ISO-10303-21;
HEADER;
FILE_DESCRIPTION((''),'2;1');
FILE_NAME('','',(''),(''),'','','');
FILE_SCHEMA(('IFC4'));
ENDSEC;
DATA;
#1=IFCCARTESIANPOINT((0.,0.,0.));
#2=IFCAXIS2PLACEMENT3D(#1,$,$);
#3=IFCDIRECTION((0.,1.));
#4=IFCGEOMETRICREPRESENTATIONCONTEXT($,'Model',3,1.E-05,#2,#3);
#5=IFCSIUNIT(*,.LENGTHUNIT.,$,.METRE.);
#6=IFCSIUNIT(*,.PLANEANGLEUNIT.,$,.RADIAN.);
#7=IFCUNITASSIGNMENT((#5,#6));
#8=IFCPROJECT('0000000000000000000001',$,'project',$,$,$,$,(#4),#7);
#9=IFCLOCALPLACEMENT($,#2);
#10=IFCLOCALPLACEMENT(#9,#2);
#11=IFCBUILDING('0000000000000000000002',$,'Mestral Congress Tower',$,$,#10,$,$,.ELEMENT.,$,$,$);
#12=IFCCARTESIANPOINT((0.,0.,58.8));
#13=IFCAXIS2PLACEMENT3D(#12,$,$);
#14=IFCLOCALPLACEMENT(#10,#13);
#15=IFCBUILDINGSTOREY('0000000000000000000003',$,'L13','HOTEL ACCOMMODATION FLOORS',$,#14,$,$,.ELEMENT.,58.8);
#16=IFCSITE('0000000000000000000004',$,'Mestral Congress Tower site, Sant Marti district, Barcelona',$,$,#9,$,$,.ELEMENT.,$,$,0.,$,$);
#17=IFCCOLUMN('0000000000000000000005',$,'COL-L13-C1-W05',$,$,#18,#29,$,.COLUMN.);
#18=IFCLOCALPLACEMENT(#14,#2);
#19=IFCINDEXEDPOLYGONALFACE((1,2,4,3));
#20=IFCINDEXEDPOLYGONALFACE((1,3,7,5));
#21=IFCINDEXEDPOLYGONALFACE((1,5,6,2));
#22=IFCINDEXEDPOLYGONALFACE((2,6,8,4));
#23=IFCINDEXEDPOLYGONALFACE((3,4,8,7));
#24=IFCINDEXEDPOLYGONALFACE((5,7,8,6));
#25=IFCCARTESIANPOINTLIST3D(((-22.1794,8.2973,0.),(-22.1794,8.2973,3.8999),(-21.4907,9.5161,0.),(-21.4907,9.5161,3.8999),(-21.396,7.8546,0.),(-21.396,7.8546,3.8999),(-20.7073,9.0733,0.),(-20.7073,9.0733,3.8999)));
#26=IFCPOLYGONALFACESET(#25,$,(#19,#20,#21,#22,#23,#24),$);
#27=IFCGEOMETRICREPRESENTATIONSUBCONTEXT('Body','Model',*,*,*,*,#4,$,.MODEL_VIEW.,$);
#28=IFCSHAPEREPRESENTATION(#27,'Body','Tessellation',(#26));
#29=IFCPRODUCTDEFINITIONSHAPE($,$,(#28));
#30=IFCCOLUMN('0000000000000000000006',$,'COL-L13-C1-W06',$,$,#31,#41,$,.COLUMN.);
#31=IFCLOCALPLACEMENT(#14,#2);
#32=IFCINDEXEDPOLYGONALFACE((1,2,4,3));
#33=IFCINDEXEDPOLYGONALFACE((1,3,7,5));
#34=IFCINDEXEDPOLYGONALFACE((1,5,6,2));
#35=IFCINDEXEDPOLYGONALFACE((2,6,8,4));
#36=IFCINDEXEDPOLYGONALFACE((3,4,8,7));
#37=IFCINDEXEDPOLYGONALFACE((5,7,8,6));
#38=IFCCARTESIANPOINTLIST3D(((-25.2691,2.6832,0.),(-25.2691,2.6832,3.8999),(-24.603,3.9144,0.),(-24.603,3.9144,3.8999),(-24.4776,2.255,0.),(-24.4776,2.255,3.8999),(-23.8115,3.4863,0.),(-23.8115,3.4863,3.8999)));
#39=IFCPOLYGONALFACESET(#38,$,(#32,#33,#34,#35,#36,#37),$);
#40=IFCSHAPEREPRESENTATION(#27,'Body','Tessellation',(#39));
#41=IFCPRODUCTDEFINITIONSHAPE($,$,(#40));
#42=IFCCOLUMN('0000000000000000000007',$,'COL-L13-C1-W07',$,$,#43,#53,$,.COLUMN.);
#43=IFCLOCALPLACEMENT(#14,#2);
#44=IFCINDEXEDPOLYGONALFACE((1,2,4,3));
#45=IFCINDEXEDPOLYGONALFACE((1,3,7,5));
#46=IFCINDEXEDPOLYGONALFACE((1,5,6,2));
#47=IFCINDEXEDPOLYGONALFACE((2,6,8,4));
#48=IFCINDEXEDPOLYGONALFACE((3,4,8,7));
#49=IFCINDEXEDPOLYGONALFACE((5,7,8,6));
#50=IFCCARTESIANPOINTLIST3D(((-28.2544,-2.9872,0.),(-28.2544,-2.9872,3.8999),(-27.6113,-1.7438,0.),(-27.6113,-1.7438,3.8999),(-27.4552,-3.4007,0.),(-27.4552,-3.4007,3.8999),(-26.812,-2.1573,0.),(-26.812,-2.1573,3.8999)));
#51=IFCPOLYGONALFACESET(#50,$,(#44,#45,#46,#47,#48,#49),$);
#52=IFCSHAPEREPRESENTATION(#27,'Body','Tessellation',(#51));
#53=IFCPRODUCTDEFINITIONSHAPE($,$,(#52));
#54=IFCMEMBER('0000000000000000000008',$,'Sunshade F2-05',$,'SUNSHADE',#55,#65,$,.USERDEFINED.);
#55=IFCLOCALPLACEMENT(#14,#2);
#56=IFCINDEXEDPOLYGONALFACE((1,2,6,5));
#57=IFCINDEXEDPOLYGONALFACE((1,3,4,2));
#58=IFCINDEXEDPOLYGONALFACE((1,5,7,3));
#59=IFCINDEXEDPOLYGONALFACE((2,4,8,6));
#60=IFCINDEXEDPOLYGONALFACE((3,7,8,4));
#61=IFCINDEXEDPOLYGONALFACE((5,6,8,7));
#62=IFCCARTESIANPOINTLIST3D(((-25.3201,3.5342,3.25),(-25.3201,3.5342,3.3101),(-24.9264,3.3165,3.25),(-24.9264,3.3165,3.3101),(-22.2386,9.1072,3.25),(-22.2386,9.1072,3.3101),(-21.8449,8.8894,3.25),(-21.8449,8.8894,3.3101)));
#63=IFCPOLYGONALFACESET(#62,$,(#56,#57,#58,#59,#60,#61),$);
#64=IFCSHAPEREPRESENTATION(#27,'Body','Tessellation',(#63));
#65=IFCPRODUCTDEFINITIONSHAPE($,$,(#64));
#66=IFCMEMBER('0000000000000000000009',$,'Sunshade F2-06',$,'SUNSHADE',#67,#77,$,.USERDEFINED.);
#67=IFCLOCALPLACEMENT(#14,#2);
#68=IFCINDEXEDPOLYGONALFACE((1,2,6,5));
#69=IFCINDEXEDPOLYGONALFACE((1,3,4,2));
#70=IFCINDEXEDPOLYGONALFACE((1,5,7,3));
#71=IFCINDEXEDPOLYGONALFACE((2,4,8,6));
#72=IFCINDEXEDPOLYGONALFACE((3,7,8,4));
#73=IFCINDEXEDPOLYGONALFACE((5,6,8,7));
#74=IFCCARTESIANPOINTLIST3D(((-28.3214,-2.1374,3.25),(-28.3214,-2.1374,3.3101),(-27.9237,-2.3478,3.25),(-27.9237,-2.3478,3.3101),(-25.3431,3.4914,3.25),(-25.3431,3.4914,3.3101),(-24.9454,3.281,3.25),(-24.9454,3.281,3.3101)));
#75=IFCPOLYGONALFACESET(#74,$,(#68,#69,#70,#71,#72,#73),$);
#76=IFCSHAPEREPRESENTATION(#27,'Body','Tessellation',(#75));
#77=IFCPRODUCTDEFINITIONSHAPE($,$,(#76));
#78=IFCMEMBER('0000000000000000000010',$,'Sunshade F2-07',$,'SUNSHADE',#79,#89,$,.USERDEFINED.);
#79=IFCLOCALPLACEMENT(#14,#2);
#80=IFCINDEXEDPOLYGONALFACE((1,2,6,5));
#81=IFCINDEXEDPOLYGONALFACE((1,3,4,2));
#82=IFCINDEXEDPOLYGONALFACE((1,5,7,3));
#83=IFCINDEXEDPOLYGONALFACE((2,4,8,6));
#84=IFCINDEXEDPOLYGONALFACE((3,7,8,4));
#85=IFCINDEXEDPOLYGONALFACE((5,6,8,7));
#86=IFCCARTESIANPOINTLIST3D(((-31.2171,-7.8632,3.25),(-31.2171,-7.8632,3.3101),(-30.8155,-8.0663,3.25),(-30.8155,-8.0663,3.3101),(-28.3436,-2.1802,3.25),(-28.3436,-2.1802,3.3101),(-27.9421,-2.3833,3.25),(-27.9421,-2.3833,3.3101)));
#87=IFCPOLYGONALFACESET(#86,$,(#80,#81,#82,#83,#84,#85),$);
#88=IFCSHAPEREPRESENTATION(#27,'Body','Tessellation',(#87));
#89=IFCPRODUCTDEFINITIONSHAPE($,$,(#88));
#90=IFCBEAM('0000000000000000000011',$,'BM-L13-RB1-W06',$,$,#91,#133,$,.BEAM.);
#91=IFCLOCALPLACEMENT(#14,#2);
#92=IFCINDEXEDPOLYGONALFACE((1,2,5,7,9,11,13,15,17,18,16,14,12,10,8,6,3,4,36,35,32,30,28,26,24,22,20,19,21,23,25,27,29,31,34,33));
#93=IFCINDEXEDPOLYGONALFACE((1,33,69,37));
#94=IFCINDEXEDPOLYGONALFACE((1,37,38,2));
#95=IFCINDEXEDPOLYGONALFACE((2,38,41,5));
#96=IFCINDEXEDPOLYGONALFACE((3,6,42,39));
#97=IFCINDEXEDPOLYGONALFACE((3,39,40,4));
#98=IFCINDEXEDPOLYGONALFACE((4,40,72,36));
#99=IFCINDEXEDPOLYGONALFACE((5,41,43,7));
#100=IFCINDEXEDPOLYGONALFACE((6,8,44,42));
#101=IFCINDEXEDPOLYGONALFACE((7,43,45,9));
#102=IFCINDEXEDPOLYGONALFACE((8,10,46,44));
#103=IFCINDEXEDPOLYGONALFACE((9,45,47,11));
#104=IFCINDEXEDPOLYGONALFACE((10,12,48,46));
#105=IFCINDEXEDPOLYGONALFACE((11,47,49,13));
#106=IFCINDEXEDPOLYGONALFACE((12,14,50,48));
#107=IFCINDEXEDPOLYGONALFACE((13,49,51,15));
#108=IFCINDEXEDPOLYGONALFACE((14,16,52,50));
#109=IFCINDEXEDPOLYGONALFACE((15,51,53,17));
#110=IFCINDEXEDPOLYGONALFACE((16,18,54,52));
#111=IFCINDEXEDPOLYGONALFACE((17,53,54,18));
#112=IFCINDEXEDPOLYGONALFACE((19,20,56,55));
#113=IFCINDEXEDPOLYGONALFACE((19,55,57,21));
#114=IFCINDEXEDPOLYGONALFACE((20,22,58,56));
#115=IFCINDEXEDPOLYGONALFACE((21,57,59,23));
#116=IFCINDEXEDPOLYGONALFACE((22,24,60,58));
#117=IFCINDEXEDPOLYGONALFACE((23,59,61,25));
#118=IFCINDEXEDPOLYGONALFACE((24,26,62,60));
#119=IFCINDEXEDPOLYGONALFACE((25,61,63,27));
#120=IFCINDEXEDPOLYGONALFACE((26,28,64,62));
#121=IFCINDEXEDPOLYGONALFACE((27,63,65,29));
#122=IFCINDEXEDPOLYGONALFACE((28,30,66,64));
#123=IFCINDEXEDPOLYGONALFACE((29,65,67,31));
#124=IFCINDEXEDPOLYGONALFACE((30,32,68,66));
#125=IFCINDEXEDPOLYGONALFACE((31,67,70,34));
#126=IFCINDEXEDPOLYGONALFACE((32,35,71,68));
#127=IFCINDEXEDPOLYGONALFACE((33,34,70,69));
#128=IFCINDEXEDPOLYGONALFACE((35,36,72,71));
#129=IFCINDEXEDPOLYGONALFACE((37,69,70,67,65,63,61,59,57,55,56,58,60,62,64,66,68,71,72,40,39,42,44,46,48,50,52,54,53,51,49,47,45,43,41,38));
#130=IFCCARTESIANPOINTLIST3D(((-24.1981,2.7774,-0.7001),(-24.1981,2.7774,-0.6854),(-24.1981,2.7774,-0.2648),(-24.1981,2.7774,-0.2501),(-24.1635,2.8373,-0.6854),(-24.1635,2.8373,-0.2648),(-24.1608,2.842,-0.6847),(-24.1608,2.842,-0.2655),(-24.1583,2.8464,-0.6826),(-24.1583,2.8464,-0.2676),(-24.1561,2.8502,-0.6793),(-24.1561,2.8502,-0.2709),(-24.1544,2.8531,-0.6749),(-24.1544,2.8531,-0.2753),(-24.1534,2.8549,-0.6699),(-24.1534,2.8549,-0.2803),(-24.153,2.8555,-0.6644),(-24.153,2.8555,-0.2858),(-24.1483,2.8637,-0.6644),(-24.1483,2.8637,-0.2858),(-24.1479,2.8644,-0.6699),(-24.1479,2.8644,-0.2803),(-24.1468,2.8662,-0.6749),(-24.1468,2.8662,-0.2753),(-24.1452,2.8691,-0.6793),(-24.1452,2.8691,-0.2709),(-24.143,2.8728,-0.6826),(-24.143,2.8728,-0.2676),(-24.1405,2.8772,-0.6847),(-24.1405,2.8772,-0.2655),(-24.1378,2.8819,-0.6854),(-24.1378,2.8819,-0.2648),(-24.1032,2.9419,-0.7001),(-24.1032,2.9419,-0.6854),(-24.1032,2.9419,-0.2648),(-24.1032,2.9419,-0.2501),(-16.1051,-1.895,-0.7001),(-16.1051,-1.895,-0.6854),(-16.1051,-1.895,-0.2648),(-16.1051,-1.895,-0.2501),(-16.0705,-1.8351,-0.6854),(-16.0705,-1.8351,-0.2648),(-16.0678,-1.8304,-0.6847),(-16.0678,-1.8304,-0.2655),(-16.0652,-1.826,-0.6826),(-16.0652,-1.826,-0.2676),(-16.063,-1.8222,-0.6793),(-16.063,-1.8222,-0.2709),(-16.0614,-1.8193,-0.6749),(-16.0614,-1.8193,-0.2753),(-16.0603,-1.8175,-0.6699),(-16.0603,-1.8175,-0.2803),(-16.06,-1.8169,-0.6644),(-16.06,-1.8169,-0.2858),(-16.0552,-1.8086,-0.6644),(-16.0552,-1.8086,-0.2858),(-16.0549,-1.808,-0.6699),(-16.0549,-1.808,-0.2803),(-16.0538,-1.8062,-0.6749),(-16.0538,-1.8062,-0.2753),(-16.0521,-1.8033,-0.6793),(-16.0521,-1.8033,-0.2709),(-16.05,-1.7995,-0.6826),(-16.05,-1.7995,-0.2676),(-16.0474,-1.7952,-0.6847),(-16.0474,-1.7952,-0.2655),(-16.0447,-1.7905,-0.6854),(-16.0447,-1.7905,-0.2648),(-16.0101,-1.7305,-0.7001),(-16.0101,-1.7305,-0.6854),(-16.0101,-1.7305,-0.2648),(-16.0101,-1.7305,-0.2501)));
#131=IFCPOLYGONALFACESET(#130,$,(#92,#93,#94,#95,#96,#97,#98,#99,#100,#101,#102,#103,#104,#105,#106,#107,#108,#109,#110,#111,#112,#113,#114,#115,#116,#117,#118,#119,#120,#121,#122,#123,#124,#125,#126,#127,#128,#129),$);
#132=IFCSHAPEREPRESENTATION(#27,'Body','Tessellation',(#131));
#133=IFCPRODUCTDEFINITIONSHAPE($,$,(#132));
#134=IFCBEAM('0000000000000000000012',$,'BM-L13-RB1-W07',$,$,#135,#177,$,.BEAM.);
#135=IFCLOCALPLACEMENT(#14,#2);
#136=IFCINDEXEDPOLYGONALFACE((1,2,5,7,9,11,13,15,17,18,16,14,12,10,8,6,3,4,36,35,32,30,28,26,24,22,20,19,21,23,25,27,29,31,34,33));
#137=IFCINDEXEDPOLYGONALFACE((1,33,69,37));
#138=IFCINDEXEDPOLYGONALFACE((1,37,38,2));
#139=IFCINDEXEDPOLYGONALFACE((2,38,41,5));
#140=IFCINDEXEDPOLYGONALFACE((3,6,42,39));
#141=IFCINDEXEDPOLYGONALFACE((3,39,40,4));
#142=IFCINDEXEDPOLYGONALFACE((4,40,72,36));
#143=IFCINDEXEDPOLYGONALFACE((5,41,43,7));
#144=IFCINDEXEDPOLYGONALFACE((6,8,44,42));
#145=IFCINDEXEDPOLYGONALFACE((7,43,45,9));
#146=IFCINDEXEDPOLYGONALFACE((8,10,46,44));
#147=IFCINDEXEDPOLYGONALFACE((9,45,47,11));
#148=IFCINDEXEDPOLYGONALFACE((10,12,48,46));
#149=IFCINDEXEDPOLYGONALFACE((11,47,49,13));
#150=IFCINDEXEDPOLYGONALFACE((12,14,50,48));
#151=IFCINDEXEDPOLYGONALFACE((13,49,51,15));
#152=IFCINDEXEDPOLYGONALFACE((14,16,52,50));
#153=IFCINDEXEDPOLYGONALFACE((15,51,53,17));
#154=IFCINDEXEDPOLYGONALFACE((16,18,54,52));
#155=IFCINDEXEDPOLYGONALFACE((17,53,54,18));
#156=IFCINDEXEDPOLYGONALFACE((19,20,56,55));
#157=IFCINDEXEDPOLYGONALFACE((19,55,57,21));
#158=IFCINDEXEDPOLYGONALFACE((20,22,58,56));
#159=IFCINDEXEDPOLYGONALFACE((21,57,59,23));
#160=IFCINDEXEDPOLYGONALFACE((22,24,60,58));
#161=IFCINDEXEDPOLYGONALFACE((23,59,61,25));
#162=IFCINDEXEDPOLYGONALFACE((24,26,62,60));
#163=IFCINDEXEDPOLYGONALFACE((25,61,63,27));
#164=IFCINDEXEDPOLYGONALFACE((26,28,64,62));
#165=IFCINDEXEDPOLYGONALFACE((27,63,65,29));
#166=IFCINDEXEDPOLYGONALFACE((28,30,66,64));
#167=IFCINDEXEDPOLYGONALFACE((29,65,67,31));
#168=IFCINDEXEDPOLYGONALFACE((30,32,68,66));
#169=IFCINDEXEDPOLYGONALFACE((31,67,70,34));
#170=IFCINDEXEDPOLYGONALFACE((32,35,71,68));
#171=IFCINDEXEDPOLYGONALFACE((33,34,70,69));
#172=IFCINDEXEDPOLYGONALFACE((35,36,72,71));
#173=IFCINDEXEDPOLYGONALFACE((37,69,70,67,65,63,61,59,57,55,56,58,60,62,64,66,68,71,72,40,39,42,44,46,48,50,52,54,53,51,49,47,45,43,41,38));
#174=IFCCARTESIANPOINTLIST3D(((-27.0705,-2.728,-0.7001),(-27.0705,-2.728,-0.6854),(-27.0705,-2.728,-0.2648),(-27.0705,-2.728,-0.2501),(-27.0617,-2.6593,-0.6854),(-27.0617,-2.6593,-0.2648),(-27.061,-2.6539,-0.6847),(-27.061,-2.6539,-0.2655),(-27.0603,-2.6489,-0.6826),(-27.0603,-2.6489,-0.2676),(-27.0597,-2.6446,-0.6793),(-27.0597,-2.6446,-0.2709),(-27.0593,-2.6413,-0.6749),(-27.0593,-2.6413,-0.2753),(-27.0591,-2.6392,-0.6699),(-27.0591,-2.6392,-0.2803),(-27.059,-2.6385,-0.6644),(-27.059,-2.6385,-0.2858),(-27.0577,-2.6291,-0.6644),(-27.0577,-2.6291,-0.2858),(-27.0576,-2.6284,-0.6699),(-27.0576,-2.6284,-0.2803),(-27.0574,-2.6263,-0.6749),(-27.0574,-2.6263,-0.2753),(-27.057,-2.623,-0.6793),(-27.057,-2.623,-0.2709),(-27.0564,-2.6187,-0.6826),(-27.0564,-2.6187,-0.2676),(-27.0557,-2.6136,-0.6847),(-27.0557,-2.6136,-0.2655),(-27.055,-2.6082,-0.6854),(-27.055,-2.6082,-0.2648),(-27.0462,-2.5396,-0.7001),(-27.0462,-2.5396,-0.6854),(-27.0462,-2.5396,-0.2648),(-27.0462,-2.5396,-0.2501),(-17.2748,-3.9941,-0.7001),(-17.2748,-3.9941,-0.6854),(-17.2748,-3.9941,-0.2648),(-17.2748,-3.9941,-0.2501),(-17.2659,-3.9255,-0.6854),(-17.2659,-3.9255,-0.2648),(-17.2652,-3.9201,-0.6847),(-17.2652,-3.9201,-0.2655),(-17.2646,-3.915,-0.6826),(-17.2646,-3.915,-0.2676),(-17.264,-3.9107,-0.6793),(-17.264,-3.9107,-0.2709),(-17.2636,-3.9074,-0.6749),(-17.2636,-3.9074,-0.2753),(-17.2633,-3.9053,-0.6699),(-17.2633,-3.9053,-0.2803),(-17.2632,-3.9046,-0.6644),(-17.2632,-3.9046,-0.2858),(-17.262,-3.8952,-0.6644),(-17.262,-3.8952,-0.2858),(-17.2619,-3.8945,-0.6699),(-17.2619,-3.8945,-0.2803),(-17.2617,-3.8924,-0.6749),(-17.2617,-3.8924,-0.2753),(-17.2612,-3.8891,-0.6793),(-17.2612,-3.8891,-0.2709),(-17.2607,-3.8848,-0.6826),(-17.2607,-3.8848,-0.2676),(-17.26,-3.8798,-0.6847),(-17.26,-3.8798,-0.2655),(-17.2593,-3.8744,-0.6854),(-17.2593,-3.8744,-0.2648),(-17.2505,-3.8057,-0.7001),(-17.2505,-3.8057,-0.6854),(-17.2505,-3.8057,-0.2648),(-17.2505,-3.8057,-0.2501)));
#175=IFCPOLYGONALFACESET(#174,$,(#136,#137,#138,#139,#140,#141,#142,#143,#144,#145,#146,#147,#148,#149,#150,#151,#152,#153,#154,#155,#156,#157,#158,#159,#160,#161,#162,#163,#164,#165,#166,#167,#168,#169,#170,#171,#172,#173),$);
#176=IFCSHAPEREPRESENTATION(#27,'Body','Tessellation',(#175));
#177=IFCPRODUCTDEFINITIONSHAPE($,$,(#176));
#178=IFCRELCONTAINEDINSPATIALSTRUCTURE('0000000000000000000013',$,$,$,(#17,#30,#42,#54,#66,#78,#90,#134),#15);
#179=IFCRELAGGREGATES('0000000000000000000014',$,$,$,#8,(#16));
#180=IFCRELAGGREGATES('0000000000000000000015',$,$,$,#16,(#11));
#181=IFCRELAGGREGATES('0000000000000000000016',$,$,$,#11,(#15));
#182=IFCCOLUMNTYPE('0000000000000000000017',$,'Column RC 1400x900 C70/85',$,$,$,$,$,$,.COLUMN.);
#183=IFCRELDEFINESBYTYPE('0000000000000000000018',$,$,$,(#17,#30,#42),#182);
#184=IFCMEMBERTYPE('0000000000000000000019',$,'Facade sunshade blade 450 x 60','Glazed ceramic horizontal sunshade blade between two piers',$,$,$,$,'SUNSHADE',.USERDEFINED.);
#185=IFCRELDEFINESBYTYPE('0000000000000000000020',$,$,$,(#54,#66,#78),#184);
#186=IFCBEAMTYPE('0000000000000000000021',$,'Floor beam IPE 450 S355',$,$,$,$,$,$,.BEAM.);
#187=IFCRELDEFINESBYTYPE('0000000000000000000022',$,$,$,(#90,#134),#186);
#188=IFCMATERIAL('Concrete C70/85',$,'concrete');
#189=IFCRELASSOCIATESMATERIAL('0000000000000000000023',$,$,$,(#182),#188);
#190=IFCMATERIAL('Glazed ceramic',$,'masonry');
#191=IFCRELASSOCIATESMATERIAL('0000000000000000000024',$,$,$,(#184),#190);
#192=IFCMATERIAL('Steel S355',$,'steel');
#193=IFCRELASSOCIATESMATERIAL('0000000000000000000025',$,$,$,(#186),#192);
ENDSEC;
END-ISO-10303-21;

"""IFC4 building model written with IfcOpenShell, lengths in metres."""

from ifc_helpers import new_model, si_unit, direction, frame, origin, origin_2d, place, context, subcontext, project, spatial, rectangle, i_section, extrude, material, material_profile, profile_set, type_object, element, save


model = new_model("IFC4")

# Units and contexts
model_context = context("Model", 3, precision=1e-05, world=origin(), true_north=direction((0.0, 1.0)))
body_context = subcontext(model_context, "Body", "Model", "MODEL_VIEW")
ifc_project = project(units=[si_unit("LENGTHUNIT", "METRE"), si_unit("PLANEANGLEUNIT", "RADIAN")], contexts=[model_context])

# Site, building, storey
site_placement = place(None, origin())
site = spatial("IfcSite", under=ifc_project, at=site_placement, Name="Mestral Congress Tower site, Sant Marti district, Barcelona", CompositionType="ELEMENT", RefElevation=0.0)
building_placement = place(site_placement, origin())
building = spatial("IfcBuilding", under=site, at=building_placement, Name="Mestral Congress Tower", CompositionType="ELEMENT")
storey_placement = place(building_placement, frame((0.0, 0.0, 58.8)))
storey = spatial("IfcBuildingStorey", under=building, at=storey_placement, Name="L13", Description="HOTEL ACCOMMODATION FLOORS", CompositionType="ELEMENT", Elevation=58.8)

# Columns
ifc_material_1 = material(Name="Concrete C70/85", Category="concrete")
ifc_material_profile_1 = material_profile(ifc_material_1, rectangle(XDim=1.3999, YDim=0.8999, at=origin_2d()), Name="RC 1400x900")
ifc_profile_set_1 = profile_set([ifc_material_profile_1], Name="Concrete C70/85")
column_type = type_object("IfcColumnType", Name="Column RC 1400x900 C70/85", PredefinedType="COLUMN", material=ifc_profile_set_1)
for number, where, z_axis, x_axis, name in (
    (1, (-21.4434, 8.6853, 0.0), (0.0, 0.0, 1.0), (-0.491974, -0.87061, 0.0), "COL-L13-C1-W05"),
    (2, (-24.5403, 3.0847, 0.0), (0.0, 0.0, 1.0), (-0.475796, -0.879556, 0.0), "COL-L13-C1-W06"),
    (3, (-27.5332, -2.5723, 0.0), (0.0, 0.0, 1.0), (-0.459456, -0.888201, 0.0), "COL-L13-C1-W07"),
):
    element("IfcColumn", number, at=place(storey_placement, frame(where, z_axis=z_axis, x_axis=x_axis)), inside=storey, type_object=column_type, Name=name, PredefinedType="COLUMN", context=body_context, shape_type="SweptSolid", body=[
        extrude(rectangle(XDim=1.3999, YDim=0.8999, at=origin_2d()), origin(), (0.0, 0.0, 1.0), 3.8999),
    ])

# Members
ifc_material_2 = material(Name="Glazed ceramic", Category="masonry")
ifc_material_profile_2 = material_profile(ifc_material_2, rectangle(XDim=0.45, YDim=0.0601, at=origin_2d()), Name="Ceramic blade 450 x 60")
ifc_profile_set_2 = profile_set([ifc_material_profile_2], Name="Glazed ceramic")
member_type = type_object("IfcMemberType", Name="Facade sunshade blade 450 x 60", Description="Glazed ceramic horizontal sunshade blade between two piers", ElementType="SUNSHADE", PredefinedType="USERDEFINED", material=ifc_profile_set_2)
for number, where, z_axis, x_axis, name in (
    (4, (-22.0417, 8.9983, 3.28), (-0.483894, -0.875127, 0.0), (0.875127, -0.483894, 0.0), "Sunshade F2-05"),
    (5, (-25.1443, 3.3862, 3.28), (-0.467675, -0.883901, 0.0), (0.883901, -0.467675, 0.0), "Sunshade F2-06"),
    (6, (-28.1428, -2.2817, 3.28), (-0.451227, -0.892409, 0.0), (0.892409, -0.451227, 0.0), "Sunshade F2-07"),
):
    element("IfcMember", number, at=place(storey_placement, frame(where, z_axis=z_axis, x_axis=x_axis)), inside=storey, type_object=member_type, Name=name, ObjectType="SUNSHADE", PredefinedType="USERDEFINED", context=body_context, shape_type="SweptSolid", body=[
        extrude(rectangle(XDim=0.45, YDim=0.0601, at=origin_2d()), origin(), (0.0, 0.0, 1.0), 6.3682),
    ])

# Beams
ifc_material_3 = material(Name="Steel S355", Category="steel")
ifc_material_profile_3 = material_profile(ifc_material_3, i_section(OverallWidth=0.1899, OverallDepth=0.45, WebThickness=0.0095, FlangeThickness=0.0146, FilletRadius=0.021, at=origin_2d()), Name="IPE 450")
ifc_profile_set_3 = profile_set([ifc_material_profile_3], Name="Steel S355")
beam_type_1 = type_object("IfcBeamType", Name="Floor beam IPE 450 S355", PredefinedType="BEAM", material=ifc_profile_set_3)
beam_1_placement = place(storey_placement, frame((-24.1506, 2.8596, -0.4751), z_axis=(0.866032, -0.499989, 0.0), x_axis=(0.499989, 0.866032, 0.0)))
element("IfcBeam", 7, at=beam_1_placement, inside=storey, type_object=beam_type_1, Name="BM-L13-RB1-W06", PredefinedType="BEAM", context=body_context, shape_type="SweptSolid", body=[
    extrude(i_section(OverallWidth=0.1899, OverallDepth=0.45, WebThickness=0.0095, FlangeThickness=0.0146, FilletRadius=0.021, at=origin_2d()), origin(), (0.0, 0.0, 1.0), 9.345),
])
beam_2_placement = place(storey_placement, frame((-27.0583, -2.6338, -0.4751), z_axis=(0.99175, -0.128186, 0.0), x_axis=(0.128186, 0.99175, 0.0)))
element("IfcBeam", 8, at=beam_2_placement, inside=storey, type_object=beam_type_1, Name="BM-L13-RB1-W07", PredefinedType="BEAM", context=body_context, shape_type="SweptSolid", body=[
    extrude(i_section(OverallWidth=0.1899, OverallDepth=0.45, WebThickness=0.0095, FlangeThickness=0.0146, FilletRadius=0.021, at=origin_2d()), origin(), (0.0, 0.0, 1.0), 9.8772),
])

save(model, "model.ifc")
